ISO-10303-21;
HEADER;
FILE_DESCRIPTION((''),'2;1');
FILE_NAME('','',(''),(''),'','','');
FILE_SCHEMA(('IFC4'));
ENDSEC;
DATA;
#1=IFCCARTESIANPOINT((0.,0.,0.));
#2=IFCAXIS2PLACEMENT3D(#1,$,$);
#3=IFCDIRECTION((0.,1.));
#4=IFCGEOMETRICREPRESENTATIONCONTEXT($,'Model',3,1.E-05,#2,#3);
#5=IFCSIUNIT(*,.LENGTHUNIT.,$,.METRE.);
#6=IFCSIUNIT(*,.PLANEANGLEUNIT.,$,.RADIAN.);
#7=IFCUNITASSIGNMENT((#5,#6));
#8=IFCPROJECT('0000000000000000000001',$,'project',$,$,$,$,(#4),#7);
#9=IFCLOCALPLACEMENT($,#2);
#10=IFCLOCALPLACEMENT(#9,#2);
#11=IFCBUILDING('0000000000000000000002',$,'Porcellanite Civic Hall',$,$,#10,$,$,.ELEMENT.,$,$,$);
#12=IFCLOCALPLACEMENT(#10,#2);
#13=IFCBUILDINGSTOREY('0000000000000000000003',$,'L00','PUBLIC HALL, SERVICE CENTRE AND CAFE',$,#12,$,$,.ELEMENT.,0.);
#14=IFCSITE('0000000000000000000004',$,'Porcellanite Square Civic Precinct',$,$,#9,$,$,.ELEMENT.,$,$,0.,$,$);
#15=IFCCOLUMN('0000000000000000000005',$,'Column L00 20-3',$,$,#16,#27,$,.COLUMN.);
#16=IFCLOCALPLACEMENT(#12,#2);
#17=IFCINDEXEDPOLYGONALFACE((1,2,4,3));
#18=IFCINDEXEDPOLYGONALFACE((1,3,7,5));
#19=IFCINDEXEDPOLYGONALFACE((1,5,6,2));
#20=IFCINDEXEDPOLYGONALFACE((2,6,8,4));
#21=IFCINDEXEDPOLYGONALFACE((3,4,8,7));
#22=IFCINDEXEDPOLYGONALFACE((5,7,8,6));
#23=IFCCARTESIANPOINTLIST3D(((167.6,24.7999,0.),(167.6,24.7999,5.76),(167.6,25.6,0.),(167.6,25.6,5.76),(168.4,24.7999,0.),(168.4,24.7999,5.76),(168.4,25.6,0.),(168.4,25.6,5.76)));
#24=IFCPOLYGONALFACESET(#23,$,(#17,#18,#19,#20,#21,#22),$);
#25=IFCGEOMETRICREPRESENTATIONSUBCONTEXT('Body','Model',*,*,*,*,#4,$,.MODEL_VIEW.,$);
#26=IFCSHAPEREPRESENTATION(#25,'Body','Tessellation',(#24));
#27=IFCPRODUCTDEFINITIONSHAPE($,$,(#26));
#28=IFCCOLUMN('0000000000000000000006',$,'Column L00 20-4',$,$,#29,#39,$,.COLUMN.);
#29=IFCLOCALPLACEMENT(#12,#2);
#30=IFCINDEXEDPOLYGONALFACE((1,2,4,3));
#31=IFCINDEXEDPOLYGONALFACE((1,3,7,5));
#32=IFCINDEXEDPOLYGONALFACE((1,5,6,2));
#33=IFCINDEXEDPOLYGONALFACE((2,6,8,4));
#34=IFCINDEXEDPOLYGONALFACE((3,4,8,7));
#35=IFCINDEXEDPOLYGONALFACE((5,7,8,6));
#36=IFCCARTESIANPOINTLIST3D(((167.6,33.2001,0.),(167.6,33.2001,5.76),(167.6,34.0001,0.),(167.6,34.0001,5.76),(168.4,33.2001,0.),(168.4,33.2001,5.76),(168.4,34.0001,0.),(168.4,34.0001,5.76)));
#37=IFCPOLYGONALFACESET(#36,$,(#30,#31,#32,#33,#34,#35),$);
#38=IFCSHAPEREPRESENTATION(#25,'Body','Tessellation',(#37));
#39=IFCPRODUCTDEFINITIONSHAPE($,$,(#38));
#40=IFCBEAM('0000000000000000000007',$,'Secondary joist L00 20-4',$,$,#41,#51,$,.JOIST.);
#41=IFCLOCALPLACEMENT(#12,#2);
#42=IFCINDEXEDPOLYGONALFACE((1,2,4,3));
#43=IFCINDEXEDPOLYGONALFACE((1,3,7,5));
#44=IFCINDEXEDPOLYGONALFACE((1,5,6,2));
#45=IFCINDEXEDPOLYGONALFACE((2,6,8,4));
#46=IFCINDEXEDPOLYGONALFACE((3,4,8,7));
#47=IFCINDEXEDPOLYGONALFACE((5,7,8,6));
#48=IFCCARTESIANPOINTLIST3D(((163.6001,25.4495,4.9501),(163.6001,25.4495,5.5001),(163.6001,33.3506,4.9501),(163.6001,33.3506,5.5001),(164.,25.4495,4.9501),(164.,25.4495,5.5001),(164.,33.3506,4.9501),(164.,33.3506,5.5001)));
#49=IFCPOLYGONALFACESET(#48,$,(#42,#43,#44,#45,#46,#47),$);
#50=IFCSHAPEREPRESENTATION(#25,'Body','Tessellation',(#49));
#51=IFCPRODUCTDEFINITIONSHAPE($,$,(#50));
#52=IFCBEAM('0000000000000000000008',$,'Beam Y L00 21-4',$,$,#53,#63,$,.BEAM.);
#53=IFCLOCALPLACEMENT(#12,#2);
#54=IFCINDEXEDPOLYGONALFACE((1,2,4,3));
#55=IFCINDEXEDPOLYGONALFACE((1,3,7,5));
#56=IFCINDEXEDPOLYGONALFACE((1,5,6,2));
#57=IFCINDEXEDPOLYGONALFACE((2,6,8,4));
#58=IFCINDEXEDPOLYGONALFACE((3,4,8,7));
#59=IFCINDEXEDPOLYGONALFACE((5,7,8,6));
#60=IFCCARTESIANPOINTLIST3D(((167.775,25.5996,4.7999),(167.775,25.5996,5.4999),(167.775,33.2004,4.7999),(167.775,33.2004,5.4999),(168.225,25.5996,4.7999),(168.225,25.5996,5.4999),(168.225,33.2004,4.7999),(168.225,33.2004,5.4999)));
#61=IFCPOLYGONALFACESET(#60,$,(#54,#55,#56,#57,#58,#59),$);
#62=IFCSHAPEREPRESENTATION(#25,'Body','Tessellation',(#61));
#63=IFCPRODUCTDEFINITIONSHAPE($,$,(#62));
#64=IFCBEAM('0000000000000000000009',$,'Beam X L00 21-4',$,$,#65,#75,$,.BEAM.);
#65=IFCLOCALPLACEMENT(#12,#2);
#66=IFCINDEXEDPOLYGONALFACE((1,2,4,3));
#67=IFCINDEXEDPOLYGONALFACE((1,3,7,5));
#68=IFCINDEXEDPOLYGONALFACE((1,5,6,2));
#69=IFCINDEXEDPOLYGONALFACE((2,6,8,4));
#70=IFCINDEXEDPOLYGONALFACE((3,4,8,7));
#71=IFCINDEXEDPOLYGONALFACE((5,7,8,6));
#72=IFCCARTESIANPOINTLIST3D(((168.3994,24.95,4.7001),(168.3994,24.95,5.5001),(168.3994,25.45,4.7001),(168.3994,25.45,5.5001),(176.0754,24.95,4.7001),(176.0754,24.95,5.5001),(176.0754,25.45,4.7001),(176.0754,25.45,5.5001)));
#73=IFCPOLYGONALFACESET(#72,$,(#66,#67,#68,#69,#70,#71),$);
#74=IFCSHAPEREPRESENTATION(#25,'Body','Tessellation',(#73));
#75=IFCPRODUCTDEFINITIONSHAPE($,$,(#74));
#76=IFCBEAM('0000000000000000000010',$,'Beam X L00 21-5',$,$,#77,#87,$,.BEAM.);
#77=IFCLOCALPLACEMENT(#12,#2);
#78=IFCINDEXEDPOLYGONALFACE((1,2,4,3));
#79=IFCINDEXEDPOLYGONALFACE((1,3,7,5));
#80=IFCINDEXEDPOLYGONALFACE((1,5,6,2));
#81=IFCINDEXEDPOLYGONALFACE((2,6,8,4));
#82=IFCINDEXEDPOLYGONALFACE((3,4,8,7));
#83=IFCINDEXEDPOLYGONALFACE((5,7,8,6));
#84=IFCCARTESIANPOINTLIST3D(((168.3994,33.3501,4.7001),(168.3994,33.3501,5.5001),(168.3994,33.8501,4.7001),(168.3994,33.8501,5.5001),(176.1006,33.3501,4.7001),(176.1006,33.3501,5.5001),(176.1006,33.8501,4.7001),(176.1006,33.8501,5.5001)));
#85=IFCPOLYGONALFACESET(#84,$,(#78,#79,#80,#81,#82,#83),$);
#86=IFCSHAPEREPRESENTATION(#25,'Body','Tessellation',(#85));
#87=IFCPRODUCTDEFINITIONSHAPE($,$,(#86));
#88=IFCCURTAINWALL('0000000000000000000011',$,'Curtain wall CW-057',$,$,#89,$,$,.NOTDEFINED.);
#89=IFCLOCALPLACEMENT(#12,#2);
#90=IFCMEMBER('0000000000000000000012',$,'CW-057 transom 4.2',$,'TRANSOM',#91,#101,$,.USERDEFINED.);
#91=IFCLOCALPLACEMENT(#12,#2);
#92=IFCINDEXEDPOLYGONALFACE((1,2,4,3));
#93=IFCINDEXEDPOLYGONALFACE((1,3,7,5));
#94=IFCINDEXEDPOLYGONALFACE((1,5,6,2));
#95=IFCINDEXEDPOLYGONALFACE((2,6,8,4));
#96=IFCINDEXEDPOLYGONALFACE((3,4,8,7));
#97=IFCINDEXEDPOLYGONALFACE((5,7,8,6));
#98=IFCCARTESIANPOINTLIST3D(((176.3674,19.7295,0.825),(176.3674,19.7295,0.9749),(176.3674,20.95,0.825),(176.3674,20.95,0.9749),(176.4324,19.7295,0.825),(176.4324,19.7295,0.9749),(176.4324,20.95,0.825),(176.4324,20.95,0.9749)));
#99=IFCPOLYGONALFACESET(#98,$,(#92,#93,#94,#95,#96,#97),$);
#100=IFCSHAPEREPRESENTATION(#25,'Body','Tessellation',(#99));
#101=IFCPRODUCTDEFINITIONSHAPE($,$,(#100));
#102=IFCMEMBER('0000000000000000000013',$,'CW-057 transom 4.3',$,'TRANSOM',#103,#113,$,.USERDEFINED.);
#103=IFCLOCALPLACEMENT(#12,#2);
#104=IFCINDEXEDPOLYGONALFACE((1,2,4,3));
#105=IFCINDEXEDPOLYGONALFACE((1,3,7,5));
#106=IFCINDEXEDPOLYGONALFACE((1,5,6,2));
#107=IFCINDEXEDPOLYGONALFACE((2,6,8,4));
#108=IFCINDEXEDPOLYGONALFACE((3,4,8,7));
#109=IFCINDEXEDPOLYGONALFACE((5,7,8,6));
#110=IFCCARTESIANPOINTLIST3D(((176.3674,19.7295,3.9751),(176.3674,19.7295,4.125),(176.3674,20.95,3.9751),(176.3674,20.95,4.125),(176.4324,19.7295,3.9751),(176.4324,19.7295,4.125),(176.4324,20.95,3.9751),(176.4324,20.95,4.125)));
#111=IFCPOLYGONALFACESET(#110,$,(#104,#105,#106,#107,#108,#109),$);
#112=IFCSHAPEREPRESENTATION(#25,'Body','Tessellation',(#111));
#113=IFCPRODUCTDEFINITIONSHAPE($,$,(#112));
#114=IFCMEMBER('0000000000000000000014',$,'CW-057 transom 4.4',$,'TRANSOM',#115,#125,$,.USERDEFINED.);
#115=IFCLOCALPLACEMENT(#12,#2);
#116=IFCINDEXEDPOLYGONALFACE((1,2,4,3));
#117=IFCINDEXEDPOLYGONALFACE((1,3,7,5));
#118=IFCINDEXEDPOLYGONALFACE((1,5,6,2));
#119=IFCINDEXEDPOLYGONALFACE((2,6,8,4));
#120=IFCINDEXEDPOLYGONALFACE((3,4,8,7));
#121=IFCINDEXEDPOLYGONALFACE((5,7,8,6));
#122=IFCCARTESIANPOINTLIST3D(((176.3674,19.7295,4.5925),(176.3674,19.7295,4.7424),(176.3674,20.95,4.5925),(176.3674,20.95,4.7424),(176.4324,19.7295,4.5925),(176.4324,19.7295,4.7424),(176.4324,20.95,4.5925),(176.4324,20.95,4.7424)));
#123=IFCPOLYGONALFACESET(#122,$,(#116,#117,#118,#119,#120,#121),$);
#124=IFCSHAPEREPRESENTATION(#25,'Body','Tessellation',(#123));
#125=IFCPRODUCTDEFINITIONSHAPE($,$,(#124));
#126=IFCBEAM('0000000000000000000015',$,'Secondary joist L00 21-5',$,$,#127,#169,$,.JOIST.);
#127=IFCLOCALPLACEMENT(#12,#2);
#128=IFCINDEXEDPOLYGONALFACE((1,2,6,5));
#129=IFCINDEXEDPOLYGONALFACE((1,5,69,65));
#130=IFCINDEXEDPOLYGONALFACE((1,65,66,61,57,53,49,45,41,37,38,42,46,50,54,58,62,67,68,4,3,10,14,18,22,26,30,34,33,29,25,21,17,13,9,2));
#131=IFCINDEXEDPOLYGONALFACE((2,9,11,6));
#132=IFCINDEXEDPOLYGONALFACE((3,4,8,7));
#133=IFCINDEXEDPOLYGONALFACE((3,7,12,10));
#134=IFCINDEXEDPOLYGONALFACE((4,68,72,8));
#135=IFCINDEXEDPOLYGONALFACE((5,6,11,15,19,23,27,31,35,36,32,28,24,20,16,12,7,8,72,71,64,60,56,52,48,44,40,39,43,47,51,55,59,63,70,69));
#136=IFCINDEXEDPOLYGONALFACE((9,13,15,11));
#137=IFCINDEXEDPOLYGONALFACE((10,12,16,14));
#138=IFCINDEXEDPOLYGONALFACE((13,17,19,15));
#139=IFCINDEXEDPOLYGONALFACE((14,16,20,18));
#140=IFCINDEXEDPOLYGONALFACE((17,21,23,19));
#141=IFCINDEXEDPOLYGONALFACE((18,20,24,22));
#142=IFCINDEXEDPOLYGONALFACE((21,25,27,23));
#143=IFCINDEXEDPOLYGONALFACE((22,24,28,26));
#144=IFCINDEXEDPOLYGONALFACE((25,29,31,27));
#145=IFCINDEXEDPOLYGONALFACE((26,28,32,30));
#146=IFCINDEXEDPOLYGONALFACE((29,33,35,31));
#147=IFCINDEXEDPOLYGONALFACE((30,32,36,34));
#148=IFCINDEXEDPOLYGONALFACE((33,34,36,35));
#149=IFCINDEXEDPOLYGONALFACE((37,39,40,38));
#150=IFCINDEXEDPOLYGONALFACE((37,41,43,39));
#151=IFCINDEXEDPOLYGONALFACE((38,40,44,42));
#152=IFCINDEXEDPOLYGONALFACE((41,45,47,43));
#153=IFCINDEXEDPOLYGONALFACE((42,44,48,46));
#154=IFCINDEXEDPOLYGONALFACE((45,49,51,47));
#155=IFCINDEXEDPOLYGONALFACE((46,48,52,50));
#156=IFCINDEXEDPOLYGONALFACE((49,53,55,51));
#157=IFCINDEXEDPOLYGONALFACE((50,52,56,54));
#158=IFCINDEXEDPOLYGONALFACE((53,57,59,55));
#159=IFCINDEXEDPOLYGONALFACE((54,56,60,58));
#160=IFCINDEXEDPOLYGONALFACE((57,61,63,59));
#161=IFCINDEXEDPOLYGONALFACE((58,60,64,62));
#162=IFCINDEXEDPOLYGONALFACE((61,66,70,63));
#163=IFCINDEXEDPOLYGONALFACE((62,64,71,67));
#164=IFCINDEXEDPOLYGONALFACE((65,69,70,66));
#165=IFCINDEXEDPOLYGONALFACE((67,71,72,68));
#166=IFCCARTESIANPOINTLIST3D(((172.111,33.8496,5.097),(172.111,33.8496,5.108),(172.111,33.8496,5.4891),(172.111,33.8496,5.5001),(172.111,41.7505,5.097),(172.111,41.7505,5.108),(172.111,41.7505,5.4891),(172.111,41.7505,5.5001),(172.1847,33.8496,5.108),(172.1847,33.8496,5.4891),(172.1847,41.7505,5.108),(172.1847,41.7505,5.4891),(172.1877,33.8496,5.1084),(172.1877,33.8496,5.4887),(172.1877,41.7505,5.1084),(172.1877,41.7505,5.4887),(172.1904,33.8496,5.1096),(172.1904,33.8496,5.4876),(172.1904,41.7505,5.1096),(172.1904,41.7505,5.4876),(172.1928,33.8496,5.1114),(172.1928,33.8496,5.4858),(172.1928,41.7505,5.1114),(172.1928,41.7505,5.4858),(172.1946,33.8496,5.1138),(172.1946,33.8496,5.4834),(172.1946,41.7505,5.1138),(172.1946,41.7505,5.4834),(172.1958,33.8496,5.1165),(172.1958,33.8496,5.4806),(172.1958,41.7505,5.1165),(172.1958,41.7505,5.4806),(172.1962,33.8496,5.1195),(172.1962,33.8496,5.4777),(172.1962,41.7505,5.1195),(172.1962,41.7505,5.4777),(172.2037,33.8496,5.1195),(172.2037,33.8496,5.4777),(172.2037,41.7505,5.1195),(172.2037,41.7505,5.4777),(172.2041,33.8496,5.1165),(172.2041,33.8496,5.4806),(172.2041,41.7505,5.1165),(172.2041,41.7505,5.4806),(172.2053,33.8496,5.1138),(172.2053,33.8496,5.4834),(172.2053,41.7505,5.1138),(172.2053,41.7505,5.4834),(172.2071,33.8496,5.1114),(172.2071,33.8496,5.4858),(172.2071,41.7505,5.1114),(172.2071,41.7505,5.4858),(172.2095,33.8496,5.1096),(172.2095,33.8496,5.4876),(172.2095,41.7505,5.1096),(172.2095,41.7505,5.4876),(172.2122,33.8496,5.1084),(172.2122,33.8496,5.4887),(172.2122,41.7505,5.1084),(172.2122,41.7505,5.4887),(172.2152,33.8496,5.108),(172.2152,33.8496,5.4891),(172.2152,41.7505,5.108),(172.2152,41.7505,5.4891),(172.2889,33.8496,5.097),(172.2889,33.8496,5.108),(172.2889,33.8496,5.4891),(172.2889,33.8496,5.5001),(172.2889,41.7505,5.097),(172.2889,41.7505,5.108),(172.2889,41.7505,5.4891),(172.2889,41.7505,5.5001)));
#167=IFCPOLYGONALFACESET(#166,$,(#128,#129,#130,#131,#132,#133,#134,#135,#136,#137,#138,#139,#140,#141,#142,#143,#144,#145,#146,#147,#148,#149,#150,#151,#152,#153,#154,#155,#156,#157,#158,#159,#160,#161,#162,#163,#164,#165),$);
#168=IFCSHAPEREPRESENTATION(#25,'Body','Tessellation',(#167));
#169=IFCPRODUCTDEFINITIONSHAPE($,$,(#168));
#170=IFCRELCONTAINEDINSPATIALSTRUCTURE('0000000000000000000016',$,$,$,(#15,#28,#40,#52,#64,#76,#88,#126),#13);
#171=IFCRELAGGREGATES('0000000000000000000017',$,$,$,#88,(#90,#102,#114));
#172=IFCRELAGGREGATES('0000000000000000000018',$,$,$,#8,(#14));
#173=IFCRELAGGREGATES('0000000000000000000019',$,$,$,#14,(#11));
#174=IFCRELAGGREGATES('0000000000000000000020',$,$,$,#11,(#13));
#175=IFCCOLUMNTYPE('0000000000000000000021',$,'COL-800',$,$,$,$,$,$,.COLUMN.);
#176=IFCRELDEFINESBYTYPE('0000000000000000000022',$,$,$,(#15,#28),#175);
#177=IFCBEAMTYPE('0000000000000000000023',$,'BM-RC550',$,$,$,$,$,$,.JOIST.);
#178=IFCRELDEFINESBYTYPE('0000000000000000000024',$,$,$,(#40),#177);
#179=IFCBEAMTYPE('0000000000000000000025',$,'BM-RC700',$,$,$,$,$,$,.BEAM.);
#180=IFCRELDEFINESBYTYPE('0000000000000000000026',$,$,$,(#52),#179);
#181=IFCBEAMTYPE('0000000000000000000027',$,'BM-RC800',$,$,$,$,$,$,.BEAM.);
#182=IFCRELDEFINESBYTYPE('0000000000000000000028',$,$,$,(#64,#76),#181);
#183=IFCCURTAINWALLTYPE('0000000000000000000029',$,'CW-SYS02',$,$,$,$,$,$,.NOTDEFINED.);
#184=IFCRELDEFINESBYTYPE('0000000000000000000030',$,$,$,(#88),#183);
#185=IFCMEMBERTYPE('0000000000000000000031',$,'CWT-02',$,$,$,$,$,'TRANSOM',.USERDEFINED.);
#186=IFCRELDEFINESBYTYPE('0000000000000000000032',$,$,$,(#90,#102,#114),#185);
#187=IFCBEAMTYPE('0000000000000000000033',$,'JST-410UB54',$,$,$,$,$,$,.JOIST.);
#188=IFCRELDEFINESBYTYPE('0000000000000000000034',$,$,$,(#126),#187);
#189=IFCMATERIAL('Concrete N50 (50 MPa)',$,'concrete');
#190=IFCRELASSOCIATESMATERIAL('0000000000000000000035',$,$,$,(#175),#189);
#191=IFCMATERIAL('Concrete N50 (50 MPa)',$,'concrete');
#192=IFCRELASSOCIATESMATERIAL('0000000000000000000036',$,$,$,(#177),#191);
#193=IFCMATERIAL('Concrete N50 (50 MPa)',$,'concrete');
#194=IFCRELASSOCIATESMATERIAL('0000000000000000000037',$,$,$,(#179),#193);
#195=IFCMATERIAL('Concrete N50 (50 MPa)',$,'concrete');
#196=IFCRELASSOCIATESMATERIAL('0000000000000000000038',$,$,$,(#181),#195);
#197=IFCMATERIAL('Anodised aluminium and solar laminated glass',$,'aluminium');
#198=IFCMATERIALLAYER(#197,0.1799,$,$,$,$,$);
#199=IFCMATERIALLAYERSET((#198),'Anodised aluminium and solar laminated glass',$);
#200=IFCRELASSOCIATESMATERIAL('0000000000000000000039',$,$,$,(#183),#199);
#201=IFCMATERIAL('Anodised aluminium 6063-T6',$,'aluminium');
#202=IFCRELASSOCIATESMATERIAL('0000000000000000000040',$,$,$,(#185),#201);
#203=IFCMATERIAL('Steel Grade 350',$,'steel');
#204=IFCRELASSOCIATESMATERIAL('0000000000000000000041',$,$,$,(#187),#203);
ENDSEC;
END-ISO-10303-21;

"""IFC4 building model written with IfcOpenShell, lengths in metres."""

from ifc_helpers import new_model, si_unit, direction, frame, origin, origin_2d, place, context, subcontext, project, spatial, rectangle, i_section, extrude, material, layer, layer_set, material_profile, profile_set, type_object, element, aggregate, save


model = new_model("IFC4")

# Units and contexts
model_context = context("Model", 3, precision=1e-05, world=origin(), true_north=direction((0.0, 1.0)))
body_context = subcontext(model_context, "Body", "Model", "MODEL_VIEW")
ifc_project = project(units=[si_unit("LENGTHUNIT", "METRE"), si_unit("PLANEANGLEUNIT", "RADIAN")], contexts=[model_context])

# Site, building, storey
site_placement = place(None, origin())
site = spatial("IfcSite", under=ifc_project, at=site_placement, Name="Porcellanite Square Civic Precinct", CompositionType="ELEMENT", RefElevation=0.0)
building_placement = place(site_placement, origin())
building = spatial("IfcBuilding", under=site, at=building_placement, Name="Porcellanite Civic Hall", CompositionType="ELEMENT")
storey_placement = place(building_placement, origin())
storey = spatial("IfcBuildingStorey", under=building, at=storey_placement, Name="L00", Description="PUBLIC HALL, SERVICE CENTRE AND CAFE", CompositionType="ELEMENT", Elevation=0.0)

# Columns
ifc_material_1 = material(Name="Concrete N50 (50 MPa)", Category="concrete")
ifc_material_profile_1 = material_profile(ifc_material_1, rectangle(XDim=0.8, YDim=0.8, at=origin_2d()), Name="RC-800x800")
ifc_profile_set_1 = profile_set([ifc_material_profile_1], Name="Concrete N50 (50 MPa)")
column_type = type_object("IfcColumnType", Name="COL-800", PredefinedType="COLUMN", material=ifc_profile_set_1)
for number, where, z_axis, x_axis, name in (
    (1, (168.0, 25.2, 0.0), (0.0, 0.0, 1.0), (1.0, 0.0, 0.0), "Column L00 20-3"),
    (2, (168.0, 33.6001, 0.0), (0.0, 0.0, 1.0), (1.0, 0.0, 0.0), "Column L00 20-4"),
):
    element("IfcColumn", number, at=place(storey_placement, frame(where, z_axis=z_axis, x_axis=x_axis)), inside=storey, type_object=column_type, Name=name, PredefinedType="COLUMN", context=body_context, shape_type="SweptSolid", body=[
        extrude(rectangle(XDim=0.8, YDim=0.8, at=origin_2d()), origin(), (0.0, 0.0, 1.0), 5.76),
    ])

# Beams
ifc_material_2 = material(Name="Concrete N50 (50 MPa)", Category="concrete")
ifc_material_profile_2 = material_profile(ifc_material_2, rectangle(XDim=0.3999, YDim=0.55, at=origin_2d()), Name="RC-400x550")
ifc_profile_set_2 = profile_set([ifc_material_profile_2], Name="Concrete N50 (50 MPa)")
beam_type_1 = type_object("IfcBeamType", Name="BM-RC550", PredefinedType="JOIST", material=ifc_profile_set_2)
beam_1_placement = place(storey_placement, frame((163.8, 25.4495, 5.2251), z_axis=(0.0, 1.0, 0.0), x_axis=(-1.0, 0.0, 0.0)))
element("IfcBeam", 3, at=beam_1_placement, inside=storey, type_object=beam_type_1, Name="Secondary joist L00 20-4", PredefinedType="JOIST", context=body_context, shape_type="SweptSolid", body=[
    extrude(rectangle(XDim=0.3999, YDim=0.55, at=origin_2d()), origin(), (0.0, 0.0, 1.0), 7.9011),
])
ifc_material_3 = material(Name="Concrete N50 (50 MPa)", Category="concrete")
ifc_material_profile_3 = material_profile(ifc_material_3, rectangle(XDim=0.45, YDim=0.7, at=origin_2d()), Name="RC-450x700")
ifc_profile_set_3 = profile_set([ifc_material_profile_3], Name="Concrete N50 (50 MPa)")
beam_type_2 = type_object("IfcBeamType", Name="BM-RC700", PredefinedType="BEAM", material=ifc_profile_set_3)
beam_2_placement = place(storey_placement, frame((168.0, 25.5996, 5.1499), z_axis=(0.0, 1.0, 0.0), x_axis=(-1.0, 0.0, 0.0)))
element("IfcBeam", 4, at=beam_2_placement, inside=storey, type_object=beam_type_2, Name="Beam Y L00 21-4", PredefinedType="BEAM", context=body_context, shape_type="SweptSolid", body=[
    extrude(rectangle(XDim=0.45, YDim=0.7, at=origin_2d()), origin(), (0.0, 0.0, 1.0), 7.6008),
])
ifc_material_4 = material(Name="Concrete N50 (50 MPa)", Category="concrete")
ifc_material_profile_4 = material_profile(ifc_material_4, rectangle(XDim=0.5, YDim=0.8, at=origin_2d()), Name="RC-500x800")
ifc_profile_set_4 = profile_set([ifc_material_profile_4], Name="Concrete N50 (50 MPa)")
beam_type_3 = type_object("IfcBeamType", Name="BM-RC800", PredefinedType="BEAM", material=ifc_profile_set_4)
beam_3_placement = place(storey_placement, frame((168.3994, 25.2, 5.1001), z_axis=(1.0, 0.0, 0.0), x_axis=(0.0, 1.0, 0.0)))
element("IfcBeam", 5, at=beam_3_placement, inside=storey, type_object=beam_type_3, Name="Beam X L00 21-4", PredefinedType="BEAM", context=body_context, shape_type="SweptSolid", body=[
    extrude(rectangle(XDim=0.5, YDim=0.8, at=origin_2d()), origin(), (0.0, 0.0, 1.0), 7.676),
])
beam_4_placement = place(storey_placement, frame((168.3994, 33.6001, 5.1001), z_axis=(1.0, 0.0, 0.0), x_axis=(0.0, 1.0, 0.0)))
element("IfcBeam", 6, at=beam_4_placement, inside=storey, type_object=beam_type_3, Name="Beam X L00 21-5", PredefinedType="BEAM", context=body_context, shape_type="SweptSolid", body=[
    extrude(rectangle(XDim=0.5, YDim=0.8, at=origin_2d()), origin(), (0.0, 0.0, 1.0), 7.7012),
])

# Curtain wall, members
ifc_material_5 = material(Name="Anodised aluminium and solar laminated glass", Category="aluminium")
ifc_layer_1 = layer(ifc_material_5, 0.1799)
ifc_layer_set_1 = layer_set([ifc_layer_1], Name="Anodised aluminium and solar laminated glass")
curtain_wall_type = type_object("IfcCurtainWallType", Name="CW-SYS02", PredefinedType="NOTDEFINED", material=ifc_layer_set_1)
curtain_wall_placement = place(storey_placement, origin())
curtain_wall = element("IfcCurtainWall", 7, at=curtain_wall_placement, inside=storey, type_object=curtain_wall_type, Name="Curtain wall CW-057", PredefinedType="NOTDEFINED")
ifc_material_6 = material(Name="Anodised aluminium 6063-T6", Category="aluminium")
ifc_material_profile_5 = material_profile(ifc_material_6, rectangle(XDim=0.0649, YDim=0.1499, at=origin_2d()), Name="AL-65x150")
ifc_profile_set_5 = profile_set([ifc_material_profile_5], Name="Anodised aluminium 6063-T6")
member_type = type_object("IfcMemberType", Name="CWT-02", ElementType="TRANSOM", PredefinedType="USERDEFINED", material=ifc_profile_set_5)
member_1_placement = place(storey_placement, frame((176.3999, 20.95, 0.8999), z_axis=(0.0, -1.0, 0.0), x_axis=(1.0, 0.0, 0.0)))
member_1 = element("IfcMember", 8, at=member_1_placement, type_object=member_type, Name="CW-057 transom 4.2", ObjectType="TRANSOM", PredefinedType="USERDEFINED", context=body_context, shape_type="SweptSolid", body=[
    extrude(rectangle(XDim=0.0649, YDim=0.1499, at=origin_2d()), origin(), (0.0, 0.0, 1.0), 1.2205),
])
member_2_placement = place(storey_placement, frame((176.3999, 20.95, 4.05), z_axis=(0.0, -1.0, 0.0), x_axis=(1.0, 0.0, 0.0)))
member_2 = element("IfcMember", 9, at=member_2_placement, type_object=member_type, Name="CW-057 transom 4.3", ObjectType="TRANSOM", PredefinedType="USERDEFINED", context=body_context, shape_type="SweptSolid", body=[
    extrude(rectangle(XDim=0.0649, YDim=0.1499, at=origin_2d()), origin(), (0.0, 0.0, 1.0), 1.2205),
])
member_3_placement = place(storey_placement, frame((176.3999, 20.95, 4.6675), z_axis=(0.0, -1.0, 0.0), x_axis=(1.0, 0.0, 0.0)))
member_3 = element("IfcMember", 10, at=member_3_placement, type_object=member_type, Name="CW-057 transom 4.4", ObjectType="TRANSOM", PredefinedType="USERDEFINED", context=body_context, shape_type="SweptSolid", body=[
    extrude(rectangle(XDim=0.0649, YDim=0.1499, at=origin_2d()), origin(), (0.0, 0.0, 1.0), 1.2205),
])
aggregate(curtain_wall, [member_1, member_2, member_3])

# Beam
ifc_material_7 = material(Name="Steel Grade 350", Category="steel")
ifc_material_profile_6 = material_profile(ifc_material_7, i_section(OverallWidth=0.178, OverallDepth=0.4031, WebThickness=0.0076, FlangeThickness=0.011, FilletRadius=0.0115, at=origin_2d()), Name="410UB53.7")
ifc_profile_set_6 = profile_set([ifc_material_profile_6], Name="Steel Grade 350")
beam_type_4 = type_object("IfcBeamType", Name="JST-410UB54", PredefinedType="JOIST", material=ifc_profile_set_6)
beam_5_placement = place(storey_placement, frame((172.2, 33.8496, 5.2986), z_axis=(0.0, 1.0, 0.0), x_axis=(-1.0, 0.0, 0.0)))
element("IfcBeam", 11, at=beam_5_placement, inside=storey, type_object=beam_type_4, Name="Secondary joist L00 21-5", PredefinedType="JOIST", context=body_context, shape_type="SweptSolid", body=[
    extrude(i_section(OverallWidth=0.178, OverallDepth=0.4031, WebThickness=0.0076, FlangeThickness=0.011, FilletRadius=0.0115, at=origin_2d()), origin(), (0.0, 0.0, 1.0), 7.9009),
])

save(model, "model.ifc")
